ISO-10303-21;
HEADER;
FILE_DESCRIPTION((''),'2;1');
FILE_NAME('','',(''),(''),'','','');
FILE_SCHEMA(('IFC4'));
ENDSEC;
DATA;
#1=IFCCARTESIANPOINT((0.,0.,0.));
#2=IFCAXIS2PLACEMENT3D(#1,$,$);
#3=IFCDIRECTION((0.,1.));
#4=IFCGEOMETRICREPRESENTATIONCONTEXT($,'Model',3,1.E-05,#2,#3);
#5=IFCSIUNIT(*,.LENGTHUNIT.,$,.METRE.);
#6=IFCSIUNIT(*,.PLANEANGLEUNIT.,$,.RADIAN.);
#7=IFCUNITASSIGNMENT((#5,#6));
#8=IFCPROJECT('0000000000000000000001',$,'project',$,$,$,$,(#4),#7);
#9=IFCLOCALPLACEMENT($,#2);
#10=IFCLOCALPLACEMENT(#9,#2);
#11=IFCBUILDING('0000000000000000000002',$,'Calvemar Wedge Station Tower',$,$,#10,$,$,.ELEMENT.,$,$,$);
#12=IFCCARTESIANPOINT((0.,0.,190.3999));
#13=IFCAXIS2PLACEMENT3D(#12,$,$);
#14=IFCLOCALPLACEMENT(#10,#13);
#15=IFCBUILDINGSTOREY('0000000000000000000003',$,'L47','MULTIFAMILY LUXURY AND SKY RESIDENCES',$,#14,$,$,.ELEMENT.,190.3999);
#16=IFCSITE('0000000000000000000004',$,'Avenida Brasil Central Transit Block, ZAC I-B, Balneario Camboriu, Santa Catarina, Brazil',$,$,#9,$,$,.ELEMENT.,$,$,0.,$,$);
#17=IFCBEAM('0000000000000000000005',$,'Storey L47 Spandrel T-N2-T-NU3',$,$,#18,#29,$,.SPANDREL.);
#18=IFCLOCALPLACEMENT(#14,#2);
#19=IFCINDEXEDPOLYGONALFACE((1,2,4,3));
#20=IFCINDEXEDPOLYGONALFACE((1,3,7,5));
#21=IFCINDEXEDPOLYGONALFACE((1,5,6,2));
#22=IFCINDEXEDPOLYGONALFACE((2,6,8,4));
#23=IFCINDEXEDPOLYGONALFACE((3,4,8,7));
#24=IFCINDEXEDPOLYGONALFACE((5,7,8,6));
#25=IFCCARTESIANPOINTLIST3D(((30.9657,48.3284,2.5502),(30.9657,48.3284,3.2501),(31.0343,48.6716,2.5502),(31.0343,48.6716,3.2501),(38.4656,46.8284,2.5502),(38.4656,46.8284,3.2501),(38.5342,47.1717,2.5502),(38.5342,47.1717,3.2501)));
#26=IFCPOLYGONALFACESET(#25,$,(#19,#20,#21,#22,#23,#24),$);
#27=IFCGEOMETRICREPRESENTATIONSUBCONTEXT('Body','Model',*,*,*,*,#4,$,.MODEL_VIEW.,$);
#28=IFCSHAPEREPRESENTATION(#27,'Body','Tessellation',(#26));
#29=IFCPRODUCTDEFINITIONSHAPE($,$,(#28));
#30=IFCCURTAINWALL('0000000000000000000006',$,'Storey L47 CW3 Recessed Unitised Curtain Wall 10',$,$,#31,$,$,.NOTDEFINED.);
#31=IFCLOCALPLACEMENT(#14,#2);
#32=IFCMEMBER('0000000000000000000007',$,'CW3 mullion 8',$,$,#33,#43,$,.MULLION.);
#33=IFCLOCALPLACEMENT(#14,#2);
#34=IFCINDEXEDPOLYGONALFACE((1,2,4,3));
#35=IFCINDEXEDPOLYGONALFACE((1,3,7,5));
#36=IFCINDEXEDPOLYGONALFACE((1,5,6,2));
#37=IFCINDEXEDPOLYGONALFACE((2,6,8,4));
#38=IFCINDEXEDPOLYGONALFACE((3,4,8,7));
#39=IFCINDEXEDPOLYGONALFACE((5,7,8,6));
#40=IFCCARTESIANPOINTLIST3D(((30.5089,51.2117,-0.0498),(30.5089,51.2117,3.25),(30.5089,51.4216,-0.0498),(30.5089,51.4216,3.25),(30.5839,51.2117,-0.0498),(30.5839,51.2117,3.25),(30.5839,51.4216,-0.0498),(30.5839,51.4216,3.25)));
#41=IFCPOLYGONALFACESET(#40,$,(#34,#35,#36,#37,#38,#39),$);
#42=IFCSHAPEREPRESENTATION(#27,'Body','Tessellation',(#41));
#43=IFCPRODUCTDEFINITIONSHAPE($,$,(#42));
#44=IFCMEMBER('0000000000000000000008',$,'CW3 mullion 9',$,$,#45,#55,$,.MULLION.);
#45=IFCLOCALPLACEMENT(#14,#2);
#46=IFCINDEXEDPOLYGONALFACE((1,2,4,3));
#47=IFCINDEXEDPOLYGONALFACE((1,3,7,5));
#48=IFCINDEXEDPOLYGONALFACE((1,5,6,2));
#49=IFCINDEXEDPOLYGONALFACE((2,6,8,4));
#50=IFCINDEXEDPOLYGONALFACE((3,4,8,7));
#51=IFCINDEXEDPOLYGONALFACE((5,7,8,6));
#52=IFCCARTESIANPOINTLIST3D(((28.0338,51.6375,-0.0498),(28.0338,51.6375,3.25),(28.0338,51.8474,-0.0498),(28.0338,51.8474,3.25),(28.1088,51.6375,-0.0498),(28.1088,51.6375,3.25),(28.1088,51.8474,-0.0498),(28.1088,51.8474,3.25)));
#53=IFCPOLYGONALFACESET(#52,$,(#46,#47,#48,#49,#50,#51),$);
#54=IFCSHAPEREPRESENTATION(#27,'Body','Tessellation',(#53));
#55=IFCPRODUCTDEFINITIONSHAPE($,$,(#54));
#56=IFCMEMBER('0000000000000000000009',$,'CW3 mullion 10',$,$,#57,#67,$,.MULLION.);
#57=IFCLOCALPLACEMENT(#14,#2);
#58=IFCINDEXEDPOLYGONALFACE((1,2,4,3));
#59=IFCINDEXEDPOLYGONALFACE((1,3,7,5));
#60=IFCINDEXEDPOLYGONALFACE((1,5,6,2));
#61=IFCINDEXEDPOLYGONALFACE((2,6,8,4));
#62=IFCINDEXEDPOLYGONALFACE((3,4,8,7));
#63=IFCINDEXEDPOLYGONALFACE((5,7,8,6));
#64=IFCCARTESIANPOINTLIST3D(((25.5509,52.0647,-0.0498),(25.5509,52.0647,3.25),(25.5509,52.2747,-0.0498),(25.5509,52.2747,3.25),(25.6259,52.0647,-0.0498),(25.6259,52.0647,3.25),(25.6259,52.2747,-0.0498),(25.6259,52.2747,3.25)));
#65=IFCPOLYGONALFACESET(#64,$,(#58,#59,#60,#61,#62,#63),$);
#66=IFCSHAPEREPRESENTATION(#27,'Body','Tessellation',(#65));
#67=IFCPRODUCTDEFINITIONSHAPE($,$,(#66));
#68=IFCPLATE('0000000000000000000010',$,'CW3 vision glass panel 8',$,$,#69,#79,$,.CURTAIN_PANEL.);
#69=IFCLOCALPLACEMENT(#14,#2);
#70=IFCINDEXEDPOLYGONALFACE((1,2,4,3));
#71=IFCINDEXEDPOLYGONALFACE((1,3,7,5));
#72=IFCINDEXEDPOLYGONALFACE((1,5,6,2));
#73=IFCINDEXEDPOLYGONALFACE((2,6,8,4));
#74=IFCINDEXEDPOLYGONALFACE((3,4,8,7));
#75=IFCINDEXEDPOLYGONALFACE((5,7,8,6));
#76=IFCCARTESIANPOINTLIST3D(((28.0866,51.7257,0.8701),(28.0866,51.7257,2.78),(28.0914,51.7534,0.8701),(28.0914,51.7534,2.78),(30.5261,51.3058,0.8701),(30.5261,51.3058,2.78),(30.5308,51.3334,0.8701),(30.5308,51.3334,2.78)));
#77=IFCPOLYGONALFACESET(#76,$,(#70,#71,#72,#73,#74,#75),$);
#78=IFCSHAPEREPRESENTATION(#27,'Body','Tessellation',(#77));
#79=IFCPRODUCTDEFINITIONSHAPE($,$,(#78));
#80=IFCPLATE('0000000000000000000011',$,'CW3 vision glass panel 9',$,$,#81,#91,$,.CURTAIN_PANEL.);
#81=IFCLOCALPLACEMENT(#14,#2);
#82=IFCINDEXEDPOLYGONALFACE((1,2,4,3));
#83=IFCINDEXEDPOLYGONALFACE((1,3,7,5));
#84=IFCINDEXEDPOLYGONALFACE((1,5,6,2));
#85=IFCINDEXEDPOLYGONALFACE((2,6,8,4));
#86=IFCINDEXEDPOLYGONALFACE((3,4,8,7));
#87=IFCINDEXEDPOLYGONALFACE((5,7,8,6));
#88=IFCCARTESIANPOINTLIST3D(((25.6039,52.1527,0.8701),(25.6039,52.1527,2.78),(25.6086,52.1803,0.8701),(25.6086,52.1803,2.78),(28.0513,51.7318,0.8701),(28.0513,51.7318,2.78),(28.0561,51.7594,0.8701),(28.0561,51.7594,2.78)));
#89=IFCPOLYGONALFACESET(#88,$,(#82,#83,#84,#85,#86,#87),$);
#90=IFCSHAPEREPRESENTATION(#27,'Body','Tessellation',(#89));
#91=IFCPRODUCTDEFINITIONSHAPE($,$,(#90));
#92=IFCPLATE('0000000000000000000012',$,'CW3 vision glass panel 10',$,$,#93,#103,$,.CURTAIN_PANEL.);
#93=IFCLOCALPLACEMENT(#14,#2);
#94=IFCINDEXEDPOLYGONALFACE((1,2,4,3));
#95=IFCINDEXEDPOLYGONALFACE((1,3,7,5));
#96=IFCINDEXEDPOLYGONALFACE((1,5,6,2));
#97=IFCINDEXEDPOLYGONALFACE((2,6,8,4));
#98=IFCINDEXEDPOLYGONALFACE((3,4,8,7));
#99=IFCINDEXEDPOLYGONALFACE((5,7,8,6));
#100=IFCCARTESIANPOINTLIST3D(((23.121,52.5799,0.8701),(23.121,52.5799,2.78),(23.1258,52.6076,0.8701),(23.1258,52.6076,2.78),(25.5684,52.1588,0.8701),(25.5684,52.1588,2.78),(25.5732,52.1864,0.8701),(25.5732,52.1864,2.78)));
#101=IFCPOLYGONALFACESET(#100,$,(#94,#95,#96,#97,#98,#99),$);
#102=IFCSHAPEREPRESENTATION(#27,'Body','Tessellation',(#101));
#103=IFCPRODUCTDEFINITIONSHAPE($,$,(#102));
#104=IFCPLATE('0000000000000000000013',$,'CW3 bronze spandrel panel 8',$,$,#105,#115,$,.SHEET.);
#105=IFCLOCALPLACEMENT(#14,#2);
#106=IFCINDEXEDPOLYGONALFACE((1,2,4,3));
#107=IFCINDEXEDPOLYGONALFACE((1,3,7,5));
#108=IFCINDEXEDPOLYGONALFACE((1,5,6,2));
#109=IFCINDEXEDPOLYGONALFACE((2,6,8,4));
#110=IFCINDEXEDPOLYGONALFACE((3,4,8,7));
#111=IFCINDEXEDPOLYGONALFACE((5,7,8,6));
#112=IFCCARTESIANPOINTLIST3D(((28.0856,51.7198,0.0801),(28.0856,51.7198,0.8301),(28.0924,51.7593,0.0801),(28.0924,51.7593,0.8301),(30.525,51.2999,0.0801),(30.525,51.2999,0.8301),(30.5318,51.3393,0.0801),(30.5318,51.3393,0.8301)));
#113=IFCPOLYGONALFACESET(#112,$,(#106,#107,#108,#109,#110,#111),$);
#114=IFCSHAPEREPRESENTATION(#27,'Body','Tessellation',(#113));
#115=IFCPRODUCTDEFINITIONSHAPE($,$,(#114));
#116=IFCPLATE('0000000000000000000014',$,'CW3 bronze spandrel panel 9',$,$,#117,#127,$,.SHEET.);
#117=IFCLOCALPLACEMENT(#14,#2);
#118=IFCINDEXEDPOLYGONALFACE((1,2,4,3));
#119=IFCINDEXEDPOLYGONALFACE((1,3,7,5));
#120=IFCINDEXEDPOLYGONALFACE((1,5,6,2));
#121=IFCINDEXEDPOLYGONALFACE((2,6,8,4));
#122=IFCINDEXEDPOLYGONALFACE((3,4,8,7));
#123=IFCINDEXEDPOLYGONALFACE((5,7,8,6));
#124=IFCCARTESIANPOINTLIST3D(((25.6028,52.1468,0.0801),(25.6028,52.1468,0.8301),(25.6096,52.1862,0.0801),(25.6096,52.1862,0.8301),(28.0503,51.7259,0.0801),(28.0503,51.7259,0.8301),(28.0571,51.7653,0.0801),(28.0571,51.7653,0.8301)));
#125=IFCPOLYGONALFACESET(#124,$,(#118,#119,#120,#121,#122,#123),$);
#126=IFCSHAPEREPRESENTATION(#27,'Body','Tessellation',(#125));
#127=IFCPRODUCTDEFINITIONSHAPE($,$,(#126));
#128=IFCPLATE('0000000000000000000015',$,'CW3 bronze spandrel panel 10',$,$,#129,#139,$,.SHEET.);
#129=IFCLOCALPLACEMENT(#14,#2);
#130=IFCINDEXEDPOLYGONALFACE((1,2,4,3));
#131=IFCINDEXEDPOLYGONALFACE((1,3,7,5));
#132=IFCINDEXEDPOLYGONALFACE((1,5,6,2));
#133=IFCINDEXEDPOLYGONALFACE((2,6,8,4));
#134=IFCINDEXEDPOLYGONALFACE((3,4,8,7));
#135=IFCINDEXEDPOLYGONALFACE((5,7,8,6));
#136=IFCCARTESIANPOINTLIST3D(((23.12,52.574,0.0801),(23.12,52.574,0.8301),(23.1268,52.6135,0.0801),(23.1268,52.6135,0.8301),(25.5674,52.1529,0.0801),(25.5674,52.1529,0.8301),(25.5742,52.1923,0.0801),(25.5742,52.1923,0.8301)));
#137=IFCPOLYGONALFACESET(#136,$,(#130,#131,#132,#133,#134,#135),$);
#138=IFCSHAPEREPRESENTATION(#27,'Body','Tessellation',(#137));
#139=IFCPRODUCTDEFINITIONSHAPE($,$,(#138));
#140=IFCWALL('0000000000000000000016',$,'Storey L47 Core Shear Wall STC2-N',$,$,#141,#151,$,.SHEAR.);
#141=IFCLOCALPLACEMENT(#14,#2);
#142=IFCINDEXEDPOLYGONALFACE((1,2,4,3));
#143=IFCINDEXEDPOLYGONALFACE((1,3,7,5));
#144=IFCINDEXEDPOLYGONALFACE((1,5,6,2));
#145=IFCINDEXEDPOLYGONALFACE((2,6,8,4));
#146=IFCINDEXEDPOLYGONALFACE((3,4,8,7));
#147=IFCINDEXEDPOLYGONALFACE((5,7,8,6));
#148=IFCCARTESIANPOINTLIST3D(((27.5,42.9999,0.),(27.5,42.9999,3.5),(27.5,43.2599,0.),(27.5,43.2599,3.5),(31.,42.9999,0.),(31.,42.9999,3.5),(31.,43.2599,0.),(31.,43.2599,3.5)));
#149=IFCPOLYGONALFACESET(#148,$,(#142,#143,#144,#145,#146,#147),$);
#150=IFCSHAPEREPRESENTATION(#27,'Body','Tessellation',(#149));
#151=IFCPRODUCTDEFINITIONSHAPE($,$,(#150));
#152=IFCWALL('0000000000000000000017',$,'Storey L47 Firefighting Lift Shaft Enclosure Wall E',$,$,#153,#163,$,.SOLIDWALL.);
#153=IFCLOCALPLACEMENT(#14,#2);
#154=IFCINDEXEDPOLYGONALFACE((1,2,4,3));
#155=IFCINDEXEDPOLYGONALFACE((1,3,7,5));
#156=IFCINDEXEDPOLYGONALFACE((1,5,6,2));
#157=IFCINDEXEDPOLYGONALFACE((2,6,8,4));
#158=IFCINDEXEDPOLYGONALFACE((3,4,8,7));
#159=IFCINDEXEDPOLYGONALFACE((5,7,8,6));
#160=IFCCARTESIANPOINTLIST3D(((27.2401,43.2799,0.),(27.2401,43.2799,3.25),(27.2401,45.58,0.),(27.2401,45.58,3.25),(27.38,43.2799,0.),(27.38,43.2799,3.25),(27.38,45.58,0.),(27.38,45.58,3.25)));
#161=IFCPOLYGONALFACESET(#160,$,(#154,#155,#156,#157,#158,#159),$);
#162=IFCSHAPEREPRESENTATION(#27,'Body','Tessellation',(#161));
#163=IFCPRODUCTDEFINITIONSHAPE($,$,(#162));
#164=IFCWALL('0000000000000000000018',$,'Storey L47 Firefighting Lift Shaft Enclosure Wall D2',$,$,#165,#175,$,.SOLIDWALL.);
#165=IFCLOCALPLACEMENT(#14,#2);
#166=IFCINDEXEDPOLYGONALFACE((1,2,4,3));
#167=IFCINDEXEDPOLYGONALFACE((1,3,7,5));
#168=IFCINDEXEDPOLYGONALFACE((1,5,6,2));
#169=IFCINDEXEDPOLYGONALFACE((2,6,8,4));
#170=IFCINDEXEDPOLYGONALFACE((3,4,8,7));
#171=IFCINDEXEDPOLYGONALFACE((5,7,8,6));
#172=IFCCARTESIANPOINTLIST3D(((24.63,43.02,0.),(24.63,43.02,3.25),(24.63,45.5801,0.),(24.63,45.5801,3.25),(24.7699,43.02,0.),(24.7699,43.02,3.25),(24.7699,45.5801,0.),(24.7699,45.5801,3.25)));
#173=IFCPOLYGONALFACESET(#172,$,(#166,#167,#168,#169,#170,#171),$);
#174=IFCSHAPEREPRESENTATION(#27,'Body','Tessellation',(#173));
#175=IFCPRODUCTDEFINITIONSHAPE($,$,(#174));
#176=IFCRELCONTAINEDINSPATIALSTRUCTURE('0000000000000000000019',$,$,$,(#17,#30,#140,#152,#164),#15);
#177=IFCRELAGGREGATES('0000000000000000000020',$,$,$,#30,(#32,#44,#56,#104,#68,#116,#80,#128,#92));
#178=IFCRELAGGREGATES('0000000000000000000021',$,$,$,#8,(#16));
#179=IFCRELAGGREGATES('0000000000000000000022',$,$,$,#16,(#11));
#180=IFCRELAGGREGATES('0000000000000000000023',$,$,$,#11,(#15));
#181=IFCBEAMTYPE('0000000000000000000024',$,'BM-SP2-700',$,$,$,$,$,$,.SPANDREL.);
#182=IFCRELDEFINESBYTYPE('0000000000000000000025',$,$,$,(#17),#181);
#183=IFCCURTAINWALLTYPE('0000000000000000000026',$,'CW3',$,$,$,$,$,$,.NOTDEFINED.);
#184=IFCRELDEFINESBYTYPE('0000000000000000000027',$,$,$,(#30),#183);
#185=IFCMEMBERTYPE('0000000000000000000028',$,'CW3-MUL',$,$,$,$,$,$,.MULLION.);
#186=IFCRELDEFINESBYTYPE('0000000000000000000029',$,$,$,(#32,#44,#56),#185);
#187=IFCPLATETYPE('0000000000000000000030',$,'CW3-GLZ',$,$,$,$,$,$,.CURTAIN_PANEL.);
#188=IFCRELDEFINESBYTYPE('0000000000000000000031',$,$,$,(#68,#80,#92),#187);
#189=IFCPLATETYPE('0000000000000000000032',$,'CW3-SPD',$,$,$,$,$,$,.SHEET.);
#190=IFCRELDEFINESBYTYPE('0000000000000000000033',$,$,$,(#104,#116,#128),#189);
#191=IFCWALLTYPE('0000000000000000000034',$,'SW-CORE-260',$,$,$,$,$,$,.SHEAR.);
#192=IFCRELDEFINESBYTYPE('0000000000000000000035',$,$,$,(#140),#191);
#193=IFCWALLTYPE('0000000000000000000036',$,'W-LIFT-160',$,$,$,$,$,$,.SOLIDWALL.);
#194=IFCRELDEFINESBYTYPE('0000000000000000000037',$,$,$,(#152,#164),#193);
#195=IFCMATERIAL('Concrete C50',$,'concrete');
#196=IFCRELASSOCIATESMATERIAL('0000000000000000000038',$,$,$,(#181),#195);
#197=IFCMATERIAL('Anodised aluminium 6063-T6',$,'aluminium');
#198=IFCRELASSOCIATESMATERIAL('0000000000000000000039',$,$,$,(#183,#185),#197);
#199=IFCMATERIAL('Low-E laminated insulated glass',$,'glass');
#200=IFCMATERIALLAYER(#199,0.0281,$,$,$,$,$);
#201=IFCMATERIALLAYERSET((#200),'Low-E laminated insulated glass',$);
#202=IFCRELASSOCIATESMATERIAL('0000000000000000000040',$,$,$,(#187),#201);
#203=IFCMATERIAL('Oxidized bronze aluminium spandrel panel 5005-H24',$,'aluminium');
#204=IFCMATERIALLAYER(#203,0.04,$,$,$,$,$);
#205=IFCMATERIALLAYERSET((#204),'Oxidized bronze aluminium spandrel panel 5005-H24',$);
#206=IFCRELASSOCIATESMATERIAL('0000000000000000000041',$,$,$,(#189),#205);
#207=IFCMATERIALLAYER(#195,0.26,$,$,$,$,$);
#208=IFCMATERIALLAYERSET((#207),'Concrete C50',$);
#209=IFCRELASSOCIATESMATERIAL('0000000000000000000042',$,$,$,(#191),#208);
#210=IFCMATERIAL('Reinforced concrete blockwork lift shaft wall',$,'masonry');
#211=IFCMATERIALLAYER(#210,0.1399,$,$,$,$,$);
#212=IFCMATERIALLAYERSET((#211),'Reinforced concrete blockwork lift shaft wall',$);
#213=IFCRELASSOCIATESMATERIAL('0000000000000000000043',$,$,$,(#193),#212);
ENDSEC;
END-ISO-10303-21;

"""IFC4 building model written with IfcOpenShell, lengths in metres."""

from ifc_helpers import new_model, si_unit, direction, frame, frame_2d, origin, origin_2d, place, context, subcontext, project, spatial, rectangle, extrude, source, transform, mapped, material, layer, layer_set, material_profile, profile_set, type_object, element, aggregate, save


model = new_model("IFC4")

# Units and contexts
model_context = context("Model", 3, precision=1e-05, world=origin(), true_north=direction((0.0, 1.0)))
body_context = subcontext(model_context, "Body", "Model", "MODEL_VIEW")
ifc_project = project(units=[si_unit("LENGTHUNIT", "METRE"), si_unit("PLANEANGLEUNIT", "RADIAN")], contexts=[model_context])

# Site, building, storey
site_placement = place(None, origin())
site = spatial("IfcSite", under=ifc_project, at=site_placement, Name="Avenida Brasil Central Transit Block, ZAC I-B, Balneario Camboriu, Santa Catarina, Brazil", CompositionType="ELEMENT", RefElevation=0.0)
building_placement = place(site_placement, origin())
building = spatial("IfcBuilding", under=site, at=building_placement, Name="Calvemar Wedge Station Tower", CompositionType="ELEMENT")
storey_placement = place(building_placement, frame((0.0, 0.0, 190.3999)))
storey = spatial("IfcBuildingStorey", under=building, at=storey_placement, Name="L47", Description="MULTIFAMILY LUXURY AND SKY RESIDENCES", CompositionType="ELEMENT", Elevation=190.3999)

# Shared definitions
ifc_material_1 = material(Name="Concrete C50", Category="concrete")

# Beam
ifc_material_profile_1 = material_profile(ifc_material_1, rectangle(XDim=0.3501, YDim=0.7, at=origin_2d()), Name="RC350x700")
ifc_profile_set_1 = profile_set([ifc_material_profile_1], Name="Concrete C50")
beam_type_1 = type_object("IfcBeamType", Name="BM-SP2-700", PredefinedType="SPANDREL", material=ifc_profile_set_1)
shared_shape_1 = source(origin(), body_context, "Body", "SweptSolid", [
    extrude(rectangle(XDim=0.3501, YDim=0.7, at=origin_2d()), origin(), (0.0, 0.0, 1.0), 7.6484),
])
beam_1_placement = place(storey_placement, frame((31.0, 48.5, 2.9001), z_axis=(0.980581, -0.196116, 0.0), x_axis=(0.196116, 0.980581, 0.0)))
element("IfcBeam", 1, at=beam_1_placement, inside=storey, type_object=beam_type_1, Name="Storey L47 Spandrel T-N2-T-NU3", PredefinedType="SPANDREL", context=body_context, shape_type="MappedRepresentation", body=[
    mapped(shared_shape_1, transform((0.0, 0.0, 0.0), scale=1.0)),
])

# Curtain wall, members, plates
ifc_material_2 = material(Name="Anodised aluminium 6063-T6", Category="aluminium")
curtain_wall_type = type_object("IfcCurtainWallType", Name="CW3", PredefinedType="NOTDEFINED", material=ifc_material_2)
curtain_wall_placement = place(storey_placement, origin())
curtain_wall = element("IfcCurtainWall", 2, at=curtain_wall_placement, inside=storey, type_object=curtain_wall_type, Name="Storey L47 CW3 Recessed Unitised Curtain Wall 10", PredefinedType="NOTDEFINED")
ifc_material_profile_2 = material_profile(ifc_material_2, rectangle(XDim=0.075, YDim=0.21, at=origin_2d()), Name="AL-MUL-75x210")
ifc_profile_set_2 = profile_set([ifc_material_profile_2], Name="Anodised aluminium 6063-T6")
member_type = type_object("IfcMemberType", Name="CW3-MUL", PredefinedType="MULLION", material=ifc_profile_set_2)
shared_shape_2 = source(origin(), body_context, "Body", "SweptSolid", [
    extrude(rectangle(XDim=0.075, YDim=0.21, at=origin_2d()), origin(), (0.0, 0.0, 1.0), 3.2998),
])
member_1_placement = place(storey_placement, frame((30.5464, 51.3167, -0.0498), z_axis=(0.0, 0.0, 1.0), x_axis=(1.0, 0.0, 0.0)))
member_1 = element("IfcMember", 3, at=member_1_placement, type_object=member_type, Name="CW3 mullion 8", PredefinedType="MULLION", context=body_context, shape_type="MappedRepresentation", body=[
    mapped(shared_shape_2, transform((0.0, 0.0, 0.0), scale=1.0)),
])
member_2_placement = place(storey_placement, frame((28.0713, 51.7424, -0.0498), z_axis=(0.0, 0.0, 1.0), x_axis=(1.0, 0.0, 0.0)))
member_2 = element("IfcMember", 4, at=member_2_placement, type_object=member_type, Name="CW3 mullion 9", PredefinedType="MULLION", context=body_context, shape_type="MappedRepresentation", body=[
    mapped(shared_shape_2, transform((0.0, 0.0, 0.0), scale=1.0)),
])
member_3_placement = place(storey_placement, frame((25.5884, 52.1697, -0.0498), z_axis=(0.0, 0.0, 1.0), x_axis=(1.0, 0.0, 0.0)))
member_3 = element("IfcMember", 5, at=member_3_placement, type_object=member_type, Name="CW3 mullion 10", PredefinedType="MULLION", context=body_context, shape_type="MappedRepresentation", body=[
    mapped(shared_shape_2, transform((0.0, 0.0, 0.0), scale=1.0)),
])
ifc_material_3 = material(Name="Low-E laminated insulated glass", Category="glass")
ifc_layer_1 = layer(ifc_material_3, 0.0281)
ifc_layer_set_1 = layer_set([ifc_layer_1], Name="Low-E laminated insulated glass")
plate_type_1 = type_object("IfcPlateType", Name="CW3-GLZ", PredefinedType="CURTAIN_PANEL", material=ifc_layer_set_1)
plate_1_placement = place(storey_placement, frame((30.5286, 51.3196, 0.8701), z_axis=(0.0, 0.0, 1.0), x_axis=(-0.985506, 0.169643, 0.0)))
plate_1 = element("IfcPlate", 6, at=plate_1_placement, type_object=plate_type_1, Name="CW3 vision glass panel 8", PredefinedType="CURTAIN_PANEL", context=body_context, shape_type="SweptSolid", body=[
    extrude(rectangle(XDim=2.4753, YDim=0.0281, at=frame_2d((1.2378, 0.0))), origin(), (0.0, 0.0, 1.0), 1.9099),
])
plate_2_placement = place(storey_placement, frame((28.0537, 51.7456, 0.8701), z_axis=(0.0, 0.0, 1.0), x_axis=(-0.985533, 0.169482, 0.0)))
plate_2 = element("IfcPlate", 7, at=plate_2_placement, type_object=plate_type_1, Name="CW3 vision glass panel 9", PredefinedType="CURTAIN_PANEL", context=body_context, shape_type="SweptSolid", body=[
    extrude(rectangle(XDim=2.4834, YDim=0.0281, at=frame_2d((1.2417, 0.0))), origin(), (0.0, 0.0, 1.0), 1.9099),
])
plate_3_placement = place(storey_placement, frame((25.5708, 52.1726, 0.8701), z_axis=(0.0, 0.0, 1.0), x_axis=(-0.985517, 0.169578, 0.0)))
plate_3 = element("IfcPlate", 8, at=plate_3_placement, type_object=plate_type_1, Name="CW3 vision glass panel 10", PredefinedType="CURTAIN_PANEL", context=body_context, shape_type="SweptSolid", body=[
    extrude(rectangle(XDim=2.4834, YDim=0.0281, at=frame_2d((1.2417, 0.0))), origin(), (0.0, 0.0, 1.0), 1.9099),
])
ifc_material_4 = material(Name="Oxidized bronze aluminium spandrel panel 5005-H24", Category="aluminium")
ifc_layer_2 = layer(ifc_material_4, 0.04)
ifc_layer_set_2 = layer_set([ifc_layer_2], Name="Oxidized bronze aluminium spandrel panel 5005-H24")
plate_type_2 = type_object("IfcPlateType", Name="CW3-SPD", PredefinedType="SHEET", material=ifc_layer_set_2)
plate_4_placement = place(storey_placement, frame((30.5286, 51.3196, 0.0801), z_axis=(0.0, 0.0, 1.0), x_axis=(-0.985506, 0.169643, 0.0)))
plate_4 = element("IfcPlate", 9, at=plate_4_placement, type_object=plate_type_2, Name="CW3 bronze spandrel panel 8", PredefinedType="SHEET", context=body_context, shape_type="SweptSolid", body=[
    extrude(rectangle(XDim=2.4753, YDim=0.04, at=frame_2d((1.2378, 0.0))), origin(), (0.0, 0.0, 1.0), 0.75),
])
plate_5_placement = place(storey_placement, frame((28.0537, 51.7456, 0.0801), z_axis=(0.0, 0.0, 1.0), x_axis=(-0.985533, 0.169482, 0.0)))
plate_5 = element("IfcPlate", 10, at=plate_5_placement, type_object=plate_type_2, Name="CW3 bronze spandrel panel 9", PredefinedType="SHEET", context=body_context, shape_type="SweptSolid", body=[
    extrude(rectangle(XDim=2.4834, YDim=0.04, at=frame_2d((1.2417, 0.0))), origin(), (0.0, 0.0, 1.0), 0.75),
])
plate_6_placement = place(storey_placement, frame((25.5708, 52.1726, 0.0801), z_axis=(0.0, 0.0, 1.0), x_axis=(-0.985517, 0.169578, 0.0)))
plate_6 = element("IfcPlate", 11, at=plate_6_placement, type_object=plate_type_2, Name="CW3 bronze spandrel panel 10", PredefinedType="SHEET", context=body_context, shape_type="SweptSolid", body=[
    extrude(rectangle(XDim=2.4834, YDim=0.04, at=frame_2d((1.2417, 0.0))), origin(), (0.0, 0.0, 1.0), 0.75),
])
aggregate(curtain_wall, [member_1, member_2, member_3, plate_4, plate_1, plate_5, plate_2, plate_6, plate_3])

# Wall
ifc_layer_3 = layer(ifc_material_1, 0.26)
ifc_layer_set_3 = layer_set([ifc_layer_3], Name="Concrete C50")
wall_type_1 = type_object("IfcWallType", Name="SW-CORE-260", PredefinedType="SHEAR", material=ifc_layer_set_3)
wall_1_placement = place(storey_placement, frame((27.5, 43.1299, 0.0), z_axis=(0.0, 0.0, 1.0), x_axis=(1.0, 0.0, 0.0)))
element("IfcWall", 12, at=wall_1_placement, inside=storey, type_object=wall_type_1, Name="Storey L47 Core Shear Wall STC2-N", PredefinedType="SHEAR", context=body_context, shape_type="SweptSolid", body=[
    extrude(rectangle(XDim=3.5, YDim=0.26, at=frame_2d((1.75, 0.0))), origin(), (0.0, 0.0, 1.0), 3.5),
])

# Walls
ifc_material_5 = material(Name="Reinforced concrete blockwork lift shaft wall", Category="masonry")
ifc_layer_4 = layer(ifc_material_5, 0.1399)
ifc_layer_set_4 = layer_set([ifc_layer_4], Name="Reinforced concrete blockwork lift shaft wall")
wall_type_2 = type_object("IfcWallType", Name="W-LIFT-160", PredefinedType="SOLIDWALL", material=ifc_layer_set_4)
wall_2_placement = place(storey_placement, frame((27.3101, 43.28, 0.0), z_axis=(0.0, 0.0, 1.0), x_axis=(0.0, 1.0, 0.0)))
element("IfcWall", 13, at=wall_2_placement, inside=storey, type_object=wall_type_2, Name="Storey L47 Firefighting Lift Shaft Enclosure Wall E", PredefinedType="SOLIDWALL", context=body_context, shape_type="SweptSolid", body=[
    extrude(rectangle(XDim=2.3, YDim=0.1399, at=frame_2d((1.1499, 0.0))), origin(), (0.0, 0.0, 1.0), 3.25),
])
wall_3_placement = place(storey_placement, frame((24.7, 43.02, 0.0), z_axis=(0.0, 0.0, 1.0), x_axis=(0.0, 1.0, 0.0)))
element("IfcWall", 14, at=wall_3_placement, inside=storey, type_object=wall_type_2, Name="Storey L47 Firefighting Lift Shaft Enclosure Wall D2", PredefinedType="SOLIDWALL", context=body_context, shape_type="SweptSolid", body=[
    extrude(rectangle(XDim=2.5601, YDim=0.1399, at=frame_2d((1.28, 0.0))), origin(), (0.0, 0.0, 1.0), 3.25),
])

save(model, "model.ifc")
